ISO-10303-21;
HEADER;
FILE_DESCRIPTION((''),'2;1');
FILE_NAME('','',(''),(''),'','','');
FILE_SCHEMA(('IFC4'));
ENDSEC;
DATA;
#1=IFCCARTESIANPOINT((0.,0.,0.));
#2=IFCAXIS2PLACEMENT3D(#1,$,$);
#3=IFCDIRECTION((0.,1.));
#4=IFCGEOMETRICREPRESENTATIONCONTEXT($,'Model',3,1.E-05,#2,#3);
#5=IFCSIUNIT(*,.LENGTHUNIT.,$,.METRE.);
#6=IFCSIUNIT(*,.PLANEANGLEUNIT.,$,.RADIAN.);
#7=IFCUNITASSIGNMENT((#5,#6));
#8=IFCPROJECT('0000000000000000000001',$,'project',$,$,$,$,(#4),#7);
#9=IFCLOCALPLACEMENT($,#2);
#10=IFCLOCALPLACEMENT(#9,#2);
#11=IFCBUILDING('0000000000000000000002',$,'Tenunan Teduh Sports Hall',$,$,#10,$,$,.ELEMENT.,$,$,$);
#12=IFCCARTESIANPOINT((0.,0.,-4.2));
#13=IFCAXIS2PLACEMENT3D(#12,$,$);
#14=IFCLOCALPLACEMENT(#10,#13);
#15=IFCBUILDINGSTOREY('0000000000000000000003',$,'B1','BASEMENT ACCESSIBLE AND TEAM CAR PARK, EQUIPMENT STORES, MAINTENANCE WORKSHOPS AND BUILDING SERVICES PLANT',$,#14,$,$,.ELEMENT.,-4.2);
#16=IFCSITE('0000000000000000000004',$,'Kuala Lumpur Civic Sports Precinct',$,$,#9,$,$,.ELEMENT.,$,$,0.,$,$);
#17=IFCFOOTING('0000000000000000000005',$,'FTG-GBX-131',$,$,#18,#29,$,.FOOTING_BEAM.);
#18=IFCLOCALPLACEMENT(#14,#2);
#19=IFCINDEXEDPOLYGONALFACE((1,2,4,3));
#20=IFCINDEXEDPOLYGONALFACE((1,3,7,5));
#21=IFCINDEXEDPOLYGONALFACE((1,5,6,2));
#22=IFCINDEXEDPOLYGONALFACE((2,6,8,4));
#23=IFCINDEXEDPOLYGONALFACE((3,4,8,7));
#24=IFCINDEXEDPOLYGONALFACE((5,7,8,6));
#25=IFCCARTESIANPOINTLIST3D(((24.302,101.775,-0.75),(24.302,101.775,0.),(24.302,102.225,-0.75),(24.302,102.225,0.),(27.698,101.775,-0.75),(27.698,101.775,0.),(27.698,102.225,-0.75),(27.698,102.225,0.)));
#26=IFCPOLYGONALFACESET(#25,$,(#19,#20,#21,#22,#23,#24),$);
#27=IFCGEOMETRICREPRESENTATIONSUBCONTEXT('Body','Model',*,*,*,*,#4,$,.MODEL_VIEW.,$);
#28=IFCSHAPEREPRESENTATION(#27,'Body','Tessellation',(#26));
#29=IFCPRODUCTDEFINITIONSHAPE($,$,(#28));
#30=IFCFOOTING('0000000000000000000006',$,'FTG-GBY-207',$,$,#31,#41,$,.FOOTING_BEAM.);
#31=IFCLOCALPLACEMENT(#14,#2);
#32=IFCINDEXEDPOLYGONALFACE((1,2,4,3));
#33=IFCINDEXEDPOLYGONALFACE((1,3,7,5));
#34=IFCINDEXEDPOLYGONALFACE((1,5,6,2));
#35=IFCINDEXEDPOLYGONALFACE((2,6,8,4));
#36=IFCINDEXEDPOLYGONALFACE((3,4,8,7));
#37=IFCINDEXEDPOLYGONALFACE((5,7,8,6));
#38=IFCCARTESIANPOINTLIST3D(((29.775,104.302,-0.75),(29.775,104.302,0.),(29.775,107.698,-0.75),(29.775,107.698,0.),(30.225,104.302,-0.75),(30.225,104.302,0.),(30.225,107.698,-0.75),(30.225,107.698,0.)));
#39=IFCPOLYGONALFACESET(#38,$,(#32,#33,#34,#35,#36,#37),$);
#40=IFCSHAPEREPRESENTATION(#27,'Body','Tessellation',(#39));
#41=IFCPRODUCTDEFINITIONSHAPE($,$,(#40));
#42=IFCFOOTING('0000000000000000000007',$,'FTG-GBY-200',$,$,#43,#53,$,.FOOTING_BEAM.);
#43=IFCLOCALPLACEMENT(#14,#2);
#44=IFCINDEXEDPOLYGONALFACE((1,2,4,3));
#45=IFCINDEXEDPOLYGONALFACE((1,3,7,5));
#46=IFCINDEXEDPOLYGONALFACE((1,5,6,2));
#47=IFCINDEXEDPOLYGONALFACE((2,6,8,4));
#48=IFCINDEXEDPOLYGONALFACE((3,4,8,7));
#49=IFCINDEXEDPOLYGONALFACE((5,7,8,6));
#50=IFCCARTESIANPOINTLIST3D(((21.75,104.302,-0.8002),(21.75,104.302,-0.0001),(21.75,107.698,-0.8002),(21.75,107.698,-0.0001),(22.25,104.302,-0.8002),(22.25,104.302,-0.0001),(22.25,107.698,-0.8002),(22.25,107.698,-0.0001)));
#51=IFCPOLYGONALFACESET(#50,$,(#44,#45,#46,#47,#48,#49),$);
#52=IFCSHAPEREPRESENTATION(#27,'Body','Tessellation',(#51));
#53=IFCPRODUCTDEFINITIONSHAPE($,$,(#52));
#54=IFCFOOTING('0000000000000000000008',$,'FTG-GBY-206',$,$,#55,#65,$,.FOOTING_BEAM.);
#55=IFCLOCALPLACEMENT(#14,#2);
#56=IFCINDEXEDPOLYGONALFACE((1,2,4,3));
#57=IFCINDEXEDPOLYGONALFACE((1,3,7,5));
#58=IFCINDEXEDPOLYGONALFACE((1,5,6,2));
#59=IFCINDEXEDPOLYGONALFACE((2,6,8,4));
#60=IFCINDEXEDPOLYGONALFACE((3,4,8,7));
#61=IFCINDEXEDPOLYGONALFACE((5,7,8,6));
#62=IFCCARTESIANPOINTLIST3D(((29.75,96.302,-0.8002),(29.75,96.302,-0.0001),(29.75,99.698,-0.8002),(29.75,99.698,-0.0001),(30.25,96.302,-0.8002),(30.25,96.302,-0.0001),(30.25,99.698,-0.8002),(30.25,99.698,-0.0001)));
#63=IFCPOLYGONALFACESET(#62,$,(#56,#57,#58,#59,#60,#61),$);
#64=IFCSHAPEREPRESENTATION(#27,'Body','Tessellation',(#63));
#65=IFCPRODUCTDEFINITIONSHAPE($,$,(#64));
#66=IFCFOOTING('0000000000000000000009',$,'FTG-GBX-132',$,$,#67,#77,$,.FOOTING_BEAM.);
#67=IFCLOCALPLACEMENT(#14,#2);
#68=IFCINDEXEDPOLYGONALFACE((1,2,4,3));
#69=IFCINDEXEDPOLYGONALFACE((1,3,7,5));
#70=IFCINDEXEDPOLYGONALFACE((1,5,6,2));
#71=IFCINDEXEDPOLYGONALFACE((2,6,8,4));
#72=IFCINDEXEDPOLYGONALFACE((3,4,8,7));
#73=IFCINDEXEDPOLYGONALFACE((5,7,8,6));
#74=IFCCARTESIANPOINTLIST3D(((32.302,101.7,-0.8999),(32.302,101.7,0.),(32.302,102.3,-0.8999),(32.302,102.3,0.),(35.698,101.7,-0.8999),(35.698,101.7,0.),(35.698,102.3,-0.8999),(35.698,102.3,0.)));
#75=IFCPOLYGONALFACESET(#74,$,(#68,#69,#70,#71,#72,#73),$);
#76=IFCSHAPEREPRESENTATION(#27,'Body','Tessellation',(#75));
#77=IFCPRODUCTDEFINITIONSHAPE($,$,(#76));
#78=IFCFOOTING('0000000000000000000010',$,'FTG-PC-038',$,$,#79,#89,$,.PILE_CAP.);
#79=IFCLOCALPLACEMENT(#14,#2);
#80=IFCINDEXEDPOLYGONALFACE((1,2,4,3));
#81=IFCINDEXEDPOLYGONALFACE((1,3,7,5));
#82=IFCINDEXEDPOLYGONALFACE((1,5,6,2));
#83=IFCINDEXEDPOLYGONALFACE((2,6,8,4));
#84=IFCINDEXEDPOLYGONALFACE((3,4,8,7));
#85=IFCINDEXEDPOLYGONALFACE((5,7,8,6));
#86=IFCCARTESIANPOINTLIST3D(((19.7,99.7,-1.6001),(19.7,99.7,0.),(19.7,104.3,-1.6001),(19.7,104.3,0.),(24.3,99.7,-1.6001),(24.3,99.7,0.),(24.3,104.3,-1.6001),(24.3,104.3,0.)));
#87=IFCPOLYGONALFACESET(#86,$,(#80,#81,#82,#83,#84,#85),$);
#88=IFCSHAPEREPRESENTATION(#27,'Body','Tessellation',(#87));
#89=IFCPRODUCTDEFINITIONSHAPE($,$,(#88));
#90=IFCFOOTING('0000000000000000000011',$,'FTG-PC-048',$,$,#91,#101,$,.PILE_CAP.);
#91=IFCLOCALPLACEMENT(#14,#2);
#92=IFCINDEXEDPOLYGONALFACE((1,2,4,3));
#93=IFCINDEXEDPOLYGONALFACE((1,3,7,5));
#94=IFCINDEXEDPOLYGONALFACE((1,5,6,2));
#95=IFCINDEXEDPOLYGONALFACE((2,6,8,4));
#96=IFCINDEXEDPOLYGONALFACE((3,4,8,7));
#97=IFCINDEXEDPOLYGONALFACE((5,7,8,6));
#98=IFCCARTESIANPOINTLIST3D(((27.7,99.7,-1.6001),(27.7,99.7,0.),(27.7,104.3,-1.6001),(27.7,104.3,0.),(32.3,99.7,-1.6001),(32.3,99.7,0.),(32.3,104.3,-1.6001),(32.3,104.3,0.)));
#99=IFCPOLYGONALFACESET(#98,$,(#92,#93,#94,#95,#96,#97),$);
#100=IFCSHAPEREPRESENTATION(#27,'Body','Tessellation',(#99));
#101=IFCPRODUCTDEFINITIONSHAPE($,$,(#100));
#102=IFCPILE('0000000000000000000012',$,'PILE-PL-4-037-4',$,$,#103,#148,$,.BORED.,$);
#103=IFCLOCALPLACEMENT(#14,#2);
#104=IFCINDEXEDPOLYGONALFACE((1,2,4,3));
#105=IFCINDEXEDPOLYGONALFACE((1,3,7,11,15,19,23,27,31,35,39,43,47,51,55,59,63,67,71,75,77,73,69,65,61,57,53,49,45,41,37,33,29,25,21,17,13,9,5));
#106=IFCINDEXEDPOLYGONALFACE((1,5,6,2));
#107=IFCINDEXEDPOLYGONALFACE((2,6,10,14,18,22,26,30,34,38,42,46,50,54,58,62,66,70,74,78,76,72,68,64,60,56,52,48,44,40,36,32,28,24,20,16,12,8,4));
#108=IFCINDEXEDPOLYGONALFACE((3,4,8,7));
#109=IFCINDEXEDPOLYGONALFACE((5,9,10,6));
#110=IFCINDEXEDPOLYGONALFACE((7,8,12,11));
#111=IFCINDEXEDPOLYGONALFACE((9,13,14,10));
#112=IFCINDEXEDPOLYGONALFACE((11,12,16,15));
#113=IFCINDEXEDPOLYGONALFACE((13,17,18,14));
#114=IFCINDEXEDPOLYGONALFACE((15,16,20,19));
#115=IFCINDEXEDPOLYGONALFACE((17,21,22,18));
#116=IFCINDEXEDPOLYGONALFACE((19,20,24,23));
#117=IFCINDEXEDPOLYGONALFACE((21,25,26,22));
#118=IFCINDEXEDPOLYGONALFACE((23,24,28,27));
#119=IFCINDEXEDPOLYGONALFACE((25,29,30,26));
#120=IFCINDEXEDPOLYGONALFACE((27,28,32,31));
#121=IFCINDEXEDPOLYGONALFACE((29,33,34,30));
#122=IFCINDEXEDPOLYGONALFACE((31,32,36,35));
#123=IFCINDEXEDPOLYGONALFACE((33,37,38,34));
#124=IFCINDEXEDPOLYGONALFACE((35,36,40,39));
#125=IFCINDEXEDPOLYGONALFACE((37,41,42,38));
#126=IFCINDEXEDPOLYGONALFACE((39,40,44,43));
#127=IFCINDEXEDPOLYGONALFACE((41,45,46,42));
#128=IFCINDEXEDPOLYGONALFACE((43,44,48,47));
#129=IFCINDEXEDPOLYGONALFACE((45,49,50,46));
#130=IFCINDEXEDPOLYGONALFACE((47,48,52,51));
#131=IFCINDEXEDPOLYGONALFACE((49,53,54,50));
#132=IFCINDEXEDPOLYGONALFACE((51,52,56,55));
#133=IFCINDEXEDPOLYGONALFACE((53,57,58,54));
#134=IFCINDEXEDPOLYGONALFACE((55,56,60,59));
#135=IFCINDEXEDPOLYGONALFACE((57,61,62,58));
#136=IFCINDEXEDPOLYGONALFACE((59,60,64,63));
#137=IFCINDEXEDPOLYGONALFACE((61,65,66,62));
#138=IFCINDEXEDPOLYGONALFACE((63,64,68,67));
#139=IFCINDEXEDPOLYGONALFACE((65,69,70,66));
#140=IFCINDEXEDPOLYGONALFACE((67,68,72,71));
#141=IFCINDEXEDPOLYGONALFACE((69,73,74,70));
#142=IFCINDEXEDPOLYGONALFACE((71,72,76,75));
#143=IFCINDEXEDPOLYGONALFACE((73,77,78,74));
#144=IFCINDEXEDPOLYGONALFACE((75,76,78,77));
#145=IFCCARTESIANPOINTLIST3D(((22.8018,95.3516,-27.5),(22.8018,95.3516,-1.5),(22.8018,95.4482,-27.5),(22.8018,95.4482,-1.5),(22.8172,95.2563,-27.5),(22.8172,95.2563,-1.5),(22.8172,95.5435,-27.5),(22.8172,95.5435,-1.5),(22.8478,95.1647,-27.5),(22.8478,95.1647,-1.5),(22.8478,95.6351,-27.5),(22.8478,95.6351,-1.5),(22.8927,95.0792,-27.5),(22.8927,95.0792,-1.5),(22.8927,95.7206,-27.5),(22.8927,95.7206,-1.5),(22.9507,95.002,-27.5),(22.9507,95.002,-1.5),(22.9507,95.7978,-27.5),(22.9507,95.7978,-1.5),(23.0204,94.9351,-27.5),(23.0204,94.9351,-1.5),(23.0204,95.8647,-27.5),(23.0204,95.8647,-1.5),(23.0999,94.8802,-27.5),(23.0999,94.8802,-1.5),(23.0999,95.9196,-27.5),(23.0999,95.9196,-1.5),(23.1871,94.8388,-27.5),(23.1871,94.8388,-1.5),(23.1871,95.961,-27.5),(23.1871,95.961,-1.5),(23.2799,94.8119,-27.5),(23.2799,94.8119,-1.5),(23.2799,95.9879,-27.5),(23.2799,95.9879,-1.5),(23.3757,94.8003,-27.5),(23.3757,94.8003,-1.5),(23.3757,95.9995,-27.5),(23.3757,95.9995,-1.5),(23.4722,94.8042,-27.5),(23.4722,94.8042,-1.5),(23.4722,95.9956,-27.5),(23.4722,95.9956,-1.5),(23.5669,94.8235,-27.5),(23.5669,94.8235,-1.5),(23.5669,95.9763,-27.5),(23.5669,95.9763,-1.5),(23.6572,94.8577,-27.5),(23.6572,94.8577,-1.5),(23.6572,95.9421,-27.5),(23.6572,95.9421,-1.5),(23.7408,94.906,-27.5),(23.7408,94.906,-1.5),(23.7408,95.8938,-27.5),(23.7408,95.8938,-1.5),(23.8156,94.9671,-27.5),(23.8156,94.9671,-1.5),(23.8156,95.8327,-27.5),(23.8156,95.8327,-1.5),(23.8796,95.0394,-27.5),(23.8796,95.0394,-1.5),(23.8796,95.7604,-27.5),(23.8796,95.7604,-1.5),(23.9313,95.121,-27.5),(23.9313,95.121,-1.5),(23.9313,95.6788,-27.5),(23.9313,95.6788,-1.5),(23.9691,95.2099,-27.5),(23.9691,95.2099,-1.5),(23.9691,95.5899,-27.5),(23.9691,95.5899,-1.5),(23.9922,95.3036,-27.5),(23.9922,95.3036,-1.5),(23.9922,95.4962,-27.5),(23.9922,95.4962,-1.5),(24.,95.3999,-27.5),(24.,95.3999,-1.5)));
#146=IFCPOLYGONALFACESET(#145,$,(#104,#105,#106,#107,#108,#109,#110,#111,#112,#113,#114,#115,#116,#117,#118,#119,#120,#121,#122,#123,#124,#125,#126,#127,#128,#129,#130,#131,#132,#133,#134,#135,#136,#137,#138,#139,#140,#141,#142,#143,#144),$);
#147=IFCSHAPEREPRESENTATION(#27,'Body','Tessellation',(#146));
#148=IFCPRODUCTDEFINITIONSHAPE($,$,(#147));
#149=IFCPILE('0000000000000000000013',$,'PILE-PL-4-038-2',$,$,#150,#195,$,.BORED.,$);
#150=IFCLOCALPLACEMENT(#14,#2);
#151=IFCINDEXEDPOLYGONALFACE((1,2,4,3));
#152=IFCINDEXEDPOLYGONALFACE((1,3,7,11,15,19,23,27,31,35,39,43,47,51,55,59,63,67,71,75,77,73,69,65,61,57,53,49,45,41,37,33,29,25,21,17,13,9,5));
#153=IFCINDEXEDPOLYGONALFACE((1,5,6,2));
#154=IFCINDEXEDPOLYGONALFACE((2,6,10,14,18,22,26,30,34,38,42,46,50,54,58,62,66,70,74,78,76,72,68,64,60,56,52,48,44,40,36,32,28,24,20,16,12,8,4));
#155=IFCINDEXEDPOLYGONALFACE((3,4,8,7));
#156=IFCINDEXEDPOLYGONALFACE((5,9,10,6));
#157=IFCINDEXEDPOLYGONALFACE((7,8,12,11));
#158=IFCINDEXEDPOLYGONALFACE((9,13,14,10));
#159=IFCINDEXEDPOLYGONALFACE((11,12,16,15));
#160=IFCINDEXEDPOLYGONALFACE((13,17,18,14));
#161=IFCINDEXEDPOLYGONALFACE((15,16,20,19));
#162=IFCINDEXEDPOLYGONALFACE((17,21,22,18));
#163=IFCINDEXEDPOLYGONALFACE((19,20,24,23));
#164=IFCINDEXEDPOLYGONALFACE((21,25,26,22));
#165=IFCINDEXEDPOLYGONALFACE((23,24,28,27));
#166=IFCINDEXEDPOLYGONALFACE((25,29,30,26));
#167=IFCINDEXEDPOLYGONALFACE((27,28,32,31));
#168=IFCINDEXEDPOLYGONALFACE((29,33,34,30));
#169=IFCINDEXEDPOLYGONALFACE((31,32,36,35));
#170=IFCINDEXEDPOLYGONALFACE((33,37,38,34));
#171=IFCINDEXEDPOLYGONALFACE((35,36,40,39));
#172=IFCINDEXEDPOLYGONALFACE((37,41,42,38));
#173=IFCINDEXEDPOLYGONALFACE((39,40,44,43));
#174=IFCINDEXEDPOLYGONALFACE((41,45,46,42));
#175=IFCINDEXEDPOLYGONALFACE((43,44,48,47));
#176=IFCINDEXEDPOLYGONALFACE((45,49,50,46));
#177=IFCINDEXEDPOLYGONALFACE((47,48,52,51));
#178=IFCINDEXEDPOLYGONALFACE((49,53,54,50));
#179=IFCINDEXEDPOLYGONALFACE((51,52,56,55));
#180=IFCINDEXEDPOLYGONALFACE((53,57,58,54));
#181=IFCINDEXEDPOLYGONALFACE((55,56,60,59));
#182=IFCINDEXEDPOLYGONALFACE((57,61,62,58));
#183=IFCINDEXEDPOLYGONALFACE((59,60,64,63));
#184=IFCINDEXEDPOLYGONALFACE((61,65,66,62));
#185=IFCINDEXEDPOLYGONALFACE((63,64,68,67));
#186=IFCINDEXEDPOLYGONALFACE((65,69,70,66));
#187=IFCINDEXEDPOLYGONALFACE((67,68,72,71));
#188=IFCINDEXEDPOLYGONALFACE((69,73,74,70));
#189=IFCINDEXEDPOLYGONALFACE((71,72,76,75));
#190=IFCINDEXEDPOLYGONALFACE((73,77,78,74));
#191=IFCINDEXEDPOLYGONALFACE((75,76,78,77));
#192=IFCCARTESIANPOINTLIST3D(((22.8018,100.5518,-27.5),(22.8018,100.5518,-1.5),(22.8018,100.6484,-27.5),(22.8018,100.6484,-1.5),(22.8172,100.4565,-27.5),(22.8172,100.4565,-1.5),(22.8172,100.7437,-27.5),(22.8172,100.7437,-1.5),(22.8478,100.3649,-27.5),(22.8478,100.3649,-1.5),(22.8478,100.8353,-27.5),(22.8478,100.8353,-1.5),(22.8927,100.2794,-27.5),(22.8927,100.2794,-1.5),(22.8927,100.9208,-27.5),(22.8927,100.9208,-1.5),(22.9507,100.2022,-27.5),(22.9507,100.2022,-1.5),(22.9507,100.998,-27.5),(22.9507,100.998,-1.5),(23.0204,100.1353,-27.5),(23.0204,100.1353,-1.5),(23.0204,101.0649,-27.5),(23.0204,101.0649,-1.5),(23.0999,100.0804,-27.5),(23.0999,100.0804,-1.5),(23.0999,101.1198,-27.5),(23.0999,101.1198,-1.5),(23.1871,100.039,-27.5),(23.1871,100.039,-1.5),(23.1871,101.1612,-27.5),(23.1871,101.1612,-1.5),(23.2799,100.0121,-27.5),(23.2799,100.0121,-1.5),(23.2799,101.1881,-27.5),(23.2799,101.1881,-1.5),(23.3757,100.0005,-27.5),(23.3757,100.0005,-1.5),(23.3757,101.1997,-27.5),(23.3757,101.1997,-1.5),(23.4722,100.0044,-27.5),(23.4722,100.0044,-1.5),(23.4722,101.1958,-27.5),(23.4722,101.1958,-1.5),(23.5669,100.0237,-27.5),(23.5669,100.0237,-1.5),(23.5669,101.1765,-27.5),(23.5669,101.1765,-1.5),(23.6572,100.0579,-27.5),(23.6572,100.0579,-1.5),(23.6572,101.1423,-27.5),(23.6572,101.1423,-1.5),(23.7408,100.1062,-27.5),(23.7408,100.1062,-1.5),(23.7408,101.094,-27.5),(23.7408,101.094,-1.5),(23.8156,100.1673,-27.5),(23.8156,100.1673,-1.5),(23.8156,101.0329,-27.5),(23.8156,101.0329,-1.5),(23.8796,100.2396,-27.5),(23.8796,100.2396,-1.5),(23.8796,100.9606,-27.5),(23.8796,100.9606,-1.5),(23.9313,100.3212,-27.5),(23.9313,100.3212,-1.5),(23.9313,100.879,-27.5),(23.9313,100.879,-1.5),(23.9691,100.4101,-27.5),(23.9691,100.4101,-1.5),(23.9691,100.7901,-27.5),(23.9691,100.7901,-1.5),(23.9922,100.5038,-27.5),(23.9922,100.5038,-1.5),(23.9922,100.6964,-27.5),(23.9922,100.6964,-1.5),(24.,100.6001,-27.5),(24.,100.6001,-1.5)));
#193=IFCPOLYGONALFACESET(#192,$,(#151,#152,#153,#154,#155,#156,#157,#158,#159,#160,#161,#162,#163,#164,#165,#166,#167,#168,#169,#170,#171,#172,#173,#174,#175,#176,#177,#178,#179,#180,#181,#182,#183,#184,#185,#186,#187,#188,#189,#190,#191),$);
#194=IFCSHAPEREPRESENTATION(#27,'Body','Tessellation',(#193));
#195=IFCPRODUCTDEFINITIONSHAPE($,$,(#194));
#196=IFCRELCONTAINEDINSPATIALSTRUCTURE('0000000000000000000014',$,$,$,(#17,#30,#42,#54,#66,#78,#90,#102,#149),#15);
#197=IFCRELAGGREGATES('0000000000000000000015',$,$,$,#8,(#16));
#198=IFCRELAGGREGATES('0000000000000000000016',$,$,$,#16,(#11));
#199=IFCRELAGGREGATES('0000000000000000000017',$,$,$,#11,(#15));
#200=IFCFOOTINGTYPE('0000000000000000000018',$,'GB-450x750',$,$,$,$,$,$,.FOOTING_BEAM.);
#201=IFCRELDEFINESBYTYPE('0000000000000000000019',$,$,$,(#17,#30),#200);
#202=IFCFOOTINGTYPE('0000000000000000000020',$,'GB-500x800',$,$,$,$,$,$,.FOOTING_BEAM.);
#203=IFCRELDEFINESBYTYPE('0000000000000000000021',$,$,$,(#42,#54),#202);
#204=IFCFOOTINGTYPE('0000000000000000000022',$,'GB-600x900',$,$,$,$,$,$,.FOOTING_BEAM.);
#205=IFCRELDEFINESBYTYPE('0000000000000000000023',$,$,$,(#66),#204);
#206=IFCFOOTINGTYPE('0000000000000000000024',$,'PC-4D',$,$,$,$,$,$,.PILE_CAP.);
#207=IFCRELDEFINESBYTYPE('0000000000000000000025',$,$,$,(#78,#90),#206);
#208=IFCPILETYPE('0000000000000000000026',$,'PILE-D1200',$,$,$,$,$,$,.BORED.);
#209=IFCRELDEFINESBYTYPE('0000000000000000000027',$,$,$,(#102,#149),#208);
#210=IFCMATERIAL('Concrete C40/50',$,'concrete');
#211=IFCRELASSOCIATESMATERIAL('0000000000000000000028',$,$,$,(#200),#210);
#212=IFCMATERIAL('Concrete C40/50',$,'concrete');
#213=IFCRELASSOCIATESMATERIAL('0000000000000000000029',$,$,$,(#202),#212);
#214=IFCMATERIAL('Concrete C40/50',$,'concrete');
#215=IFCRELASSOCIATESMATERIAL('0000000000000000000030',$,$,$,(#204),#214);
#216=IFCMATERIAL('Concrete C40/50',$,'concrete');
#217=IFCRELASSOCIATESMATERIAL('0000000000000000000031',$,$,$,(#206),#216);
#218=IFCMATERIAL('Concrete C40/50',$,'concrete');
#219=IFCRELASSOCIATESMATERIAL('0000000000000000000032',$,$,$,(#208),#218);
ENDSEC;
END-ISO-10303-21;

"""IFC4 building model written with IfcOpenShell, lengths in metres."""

from ifc_helpers import new_model, si_unit, direction, frame, origin, origin_2d, place, context, subcontext, project, spatial, rectangle, circle, extrude, material, material_profile, profile_set, type_object, element, save


model = new_model("IFC4")

# Units and contexts
model_context = context("Model", 3, precision=1e-05, world=origin(), true_north=direction((0.0, 1.0)))
body_context = subcontext(model_context, "Body", "Model", "MODEL_VIEW")
ifc_project = project(units=[si_unit("LENGTHUNIT", "METRE"), si_unit("PLANEANGLEUNIT", "RADIAN")], contexts=[model_context])

# Site, building, storey
site_placement = place(None, origin())
site = spatial("IfcSite", under=ifc_project, at=site_placement, Name="Kuala Lumpur Civic Sports Precinct", CompositionType="ELEMENT", RefElevation=0.0)
building_placement = place(site_placement, origin())
building = spatial("IfcBuilding", under=site, at=building_placement, Name="Tenunan Teduh Sports Hall", CompositionType="ELEMENT")
storey_placement = place(building_placement, frame((0.0, 0.0, -4.2)))
storey = spatial("IfcBuildingStorey", under=building, at=storey_placement, Name="B1", Description="BASEMENT ACCESSIBLE AND TEAM CAR PARK, EQUIPMENT STORES, MAINTENANCE WORKSHOPS AND BUILDING SERVICES PLANT", CompositionType="ELEMENT", Elevation=-4.2)

# Footings
ifc_material_1 = material(Name="Concrete C40/50", Category="concrete")
ifc_material_profile_1 = material_profile(ifc_material_1, rectangle(XDim=0.45, YDim=0.75, at=origin_2d()), Name="RCB 450x750")
ifc_profile_set_1 = profile_set([ifc_material_profile_1], Name="Concrete C40/50")
footing_type_1 = type_object("IfcFootingType", Name="GB-450x750", PredefinedType="FOOTING_BEAM", material=ifc_profile_set_1)
for number, where, z_axis, x_axis, name in (
    (1, (24.302, 102.0, -0.375), (1.0, 0.0, 0.0), (0.0, 1.0, 0.0), "FTG-GBX-131"),
    (2, (30.0, 104.302, -0.375), (0.0, 1.0, 0.0), (-1.0, 0.0, 0.0), "FTG-GBY-207"),
):
    element("IfcFooting", number, at=place(storey_placement, frame(where, z_axis=z_axis, x_axis=x_axis)), inside=storey, type_object=footing_type_1, Name=name, PredefinedType="FOOTING_BEAM", context=body_context, shape_type="SweptSolid", body=[
        extrude(rectangle(XDim=0.45, YDim=0.75, at=origin_2d()), origin(), (0.0, 0.0, 1.0), 3.396),
    ])
ifc_material_2 = material(Name="Concrete C40/50", Category="concrete")
ifc_material_profile_2 = material_profile(ifc_material_2, rectangle(XDim=0.5, YDim=0.8, at=origin_2d()), Name="RCB 500x800")
ifc_profile_set_2 = profile_set([ifc_material_profile_2], Name="Concrete C40/50")
footing_type_2 = type_object("IfcFootingType", Name="GB-500x800", PredefinedType="FOOTING_BEAM", material=ifc_profile_set_2)
for number, where, z_axis, x_axis, name in (
    (3, (22.0, 104.302, -0.4001), (0.0, 1.0, 0.0), (-1.0, 0.0, 0.0), "FTG-GBY-200"),
    (4, (30.0, 96.302, -0.4001), (0.0, 1.0, 0.0), (-1.0, 0.0, 0.0), "FTG-GBY-206"),
):
    element("IfcFooting", number, at=place(storey_placement, frame(where, z_axis=z_axis, x_axis=x_axis)), inside=storey, type_object=footing_type_2, Name=name, PredefinedType="FOOTING_BEAM", context=body_context, shape_type="SweptSolid", body=[
        extrude(rectangle(XDim=0.5, YDim=0.8, at=origin_2d()), origin(), (0.0, 0.0, 1.0), 3.396),
    ])
ifc_material_3 = material(Name="Concrete C40/50", Category="concrete")
ifc_material_profile_3 = material_profile(ifc_material_3, rectangle(XDim=0.6001, YDim=0.8999, at=origin_2d()), Name="RCB 600x900")
ifc_profile_set_3 = profile_set([ifc_material_profile_3], Name="Concrete C40/50")
footing_type_3 = type_object("IfcFootingType", Name="GB-600x900", PredefinedType="FOOTING_BEAM", material=ifc_profile_set_3)
footing_placement = place(storey_placement, frame((32.302, 102.0, -0.45), z_axis=(1.0, 0.0, 0.0), x_axis=(0.0, 1.0, 0.0)))
element("IfcFooting", 5, at=footing_placement, inside=storey, type_object=footing_type_3, Name="FTG-GBX-132", PredefinedType="FOOTING_BEAM", context=body_context, shape_type="SweptSolid", body=[
    extrude(rectangle(XDim=0.6001, YDim=0.8999, at=origin_2d()), origin(), (0.0, 0.0, 1.0), 3.396),
])
ifc_material_4 = material(Name="Concrete C40/50", Category="concrete")
footing_type_4 = type_object("IfcFootingType", Name="PC-4D", PredefinedType="PILE_CAP", material=ifc_material_4)
for number, where, z_axis, x_axis, name in (
    (6, (22.0, 102.0, -1.6001), (0.0, 0.0, 1.0), (1.0, 0.0, 0.0), "FTG-PC-038"),
    (7, (30.0, 102.0, -1.6001), (0.0, 0.0, 1.0), (1.0, 0.0, 0.0), "FTG-PC-048"),
):
    element("IfcFooting", number, at=place(storey_placement, frame(where, z_axis=z_axis, x_axis=x_axis)), inside=storey, type_object=footing_type_4, Name=name, PredefinedType="PILE_CAP", context=body_context, shape_type="SweptSolid", body=[
        extrude(rectangle(XDim=4.6001, YDim=4.6001, at=origin_2d()), origin(), (0.0, 0.0, 1.0), 1.6001),
    ])

# Piles
ifc_material_5 = material(Name="Concrete C40/50", Category="concrete")
ifc_material_profile_4 = material_profile(ifc_material_5, circle(Radius=0.6001, at=origin_2d()), Name="PILE D1200")
ifc_profile_set_4 = profile_set([ifc_material_profile_4], Name="Concrete C40/50")
pile_type = type_object("IfcPileType", Name="PILE-D1200", PredefinedType="BORED", material=ifc_profile_set_4)
for number, where, z_axis, x_axis, name in (
    (8, (23.3999, 95.3999, -1.5), (0.0, 0.0, -1.0), (1.0, 0.0, 0.0), "PILE-PL-4-037-4"),
    (9, (23.3999, 100.6001, -1.5), (0.0, 0.0, -1.0), (1.0, 0.0, 0.0), "PILE-PL-4-038-2"),
):
    element("IfcPile", number, at=place(storey_placement, frame(where, z_axis=z_axis, x_axis=x_axis)), inside=storey, type_object=pile_type, Name=name, PredefinedType="BORED", context=body_context, shape_type="SweptSolid", body=[
        extrude(circle(Radius=0.6001, at=origin_2d()), origin(), (0.0, 0.0, 1.0), 26.0),
    ])

save(model, "model.ifc")
